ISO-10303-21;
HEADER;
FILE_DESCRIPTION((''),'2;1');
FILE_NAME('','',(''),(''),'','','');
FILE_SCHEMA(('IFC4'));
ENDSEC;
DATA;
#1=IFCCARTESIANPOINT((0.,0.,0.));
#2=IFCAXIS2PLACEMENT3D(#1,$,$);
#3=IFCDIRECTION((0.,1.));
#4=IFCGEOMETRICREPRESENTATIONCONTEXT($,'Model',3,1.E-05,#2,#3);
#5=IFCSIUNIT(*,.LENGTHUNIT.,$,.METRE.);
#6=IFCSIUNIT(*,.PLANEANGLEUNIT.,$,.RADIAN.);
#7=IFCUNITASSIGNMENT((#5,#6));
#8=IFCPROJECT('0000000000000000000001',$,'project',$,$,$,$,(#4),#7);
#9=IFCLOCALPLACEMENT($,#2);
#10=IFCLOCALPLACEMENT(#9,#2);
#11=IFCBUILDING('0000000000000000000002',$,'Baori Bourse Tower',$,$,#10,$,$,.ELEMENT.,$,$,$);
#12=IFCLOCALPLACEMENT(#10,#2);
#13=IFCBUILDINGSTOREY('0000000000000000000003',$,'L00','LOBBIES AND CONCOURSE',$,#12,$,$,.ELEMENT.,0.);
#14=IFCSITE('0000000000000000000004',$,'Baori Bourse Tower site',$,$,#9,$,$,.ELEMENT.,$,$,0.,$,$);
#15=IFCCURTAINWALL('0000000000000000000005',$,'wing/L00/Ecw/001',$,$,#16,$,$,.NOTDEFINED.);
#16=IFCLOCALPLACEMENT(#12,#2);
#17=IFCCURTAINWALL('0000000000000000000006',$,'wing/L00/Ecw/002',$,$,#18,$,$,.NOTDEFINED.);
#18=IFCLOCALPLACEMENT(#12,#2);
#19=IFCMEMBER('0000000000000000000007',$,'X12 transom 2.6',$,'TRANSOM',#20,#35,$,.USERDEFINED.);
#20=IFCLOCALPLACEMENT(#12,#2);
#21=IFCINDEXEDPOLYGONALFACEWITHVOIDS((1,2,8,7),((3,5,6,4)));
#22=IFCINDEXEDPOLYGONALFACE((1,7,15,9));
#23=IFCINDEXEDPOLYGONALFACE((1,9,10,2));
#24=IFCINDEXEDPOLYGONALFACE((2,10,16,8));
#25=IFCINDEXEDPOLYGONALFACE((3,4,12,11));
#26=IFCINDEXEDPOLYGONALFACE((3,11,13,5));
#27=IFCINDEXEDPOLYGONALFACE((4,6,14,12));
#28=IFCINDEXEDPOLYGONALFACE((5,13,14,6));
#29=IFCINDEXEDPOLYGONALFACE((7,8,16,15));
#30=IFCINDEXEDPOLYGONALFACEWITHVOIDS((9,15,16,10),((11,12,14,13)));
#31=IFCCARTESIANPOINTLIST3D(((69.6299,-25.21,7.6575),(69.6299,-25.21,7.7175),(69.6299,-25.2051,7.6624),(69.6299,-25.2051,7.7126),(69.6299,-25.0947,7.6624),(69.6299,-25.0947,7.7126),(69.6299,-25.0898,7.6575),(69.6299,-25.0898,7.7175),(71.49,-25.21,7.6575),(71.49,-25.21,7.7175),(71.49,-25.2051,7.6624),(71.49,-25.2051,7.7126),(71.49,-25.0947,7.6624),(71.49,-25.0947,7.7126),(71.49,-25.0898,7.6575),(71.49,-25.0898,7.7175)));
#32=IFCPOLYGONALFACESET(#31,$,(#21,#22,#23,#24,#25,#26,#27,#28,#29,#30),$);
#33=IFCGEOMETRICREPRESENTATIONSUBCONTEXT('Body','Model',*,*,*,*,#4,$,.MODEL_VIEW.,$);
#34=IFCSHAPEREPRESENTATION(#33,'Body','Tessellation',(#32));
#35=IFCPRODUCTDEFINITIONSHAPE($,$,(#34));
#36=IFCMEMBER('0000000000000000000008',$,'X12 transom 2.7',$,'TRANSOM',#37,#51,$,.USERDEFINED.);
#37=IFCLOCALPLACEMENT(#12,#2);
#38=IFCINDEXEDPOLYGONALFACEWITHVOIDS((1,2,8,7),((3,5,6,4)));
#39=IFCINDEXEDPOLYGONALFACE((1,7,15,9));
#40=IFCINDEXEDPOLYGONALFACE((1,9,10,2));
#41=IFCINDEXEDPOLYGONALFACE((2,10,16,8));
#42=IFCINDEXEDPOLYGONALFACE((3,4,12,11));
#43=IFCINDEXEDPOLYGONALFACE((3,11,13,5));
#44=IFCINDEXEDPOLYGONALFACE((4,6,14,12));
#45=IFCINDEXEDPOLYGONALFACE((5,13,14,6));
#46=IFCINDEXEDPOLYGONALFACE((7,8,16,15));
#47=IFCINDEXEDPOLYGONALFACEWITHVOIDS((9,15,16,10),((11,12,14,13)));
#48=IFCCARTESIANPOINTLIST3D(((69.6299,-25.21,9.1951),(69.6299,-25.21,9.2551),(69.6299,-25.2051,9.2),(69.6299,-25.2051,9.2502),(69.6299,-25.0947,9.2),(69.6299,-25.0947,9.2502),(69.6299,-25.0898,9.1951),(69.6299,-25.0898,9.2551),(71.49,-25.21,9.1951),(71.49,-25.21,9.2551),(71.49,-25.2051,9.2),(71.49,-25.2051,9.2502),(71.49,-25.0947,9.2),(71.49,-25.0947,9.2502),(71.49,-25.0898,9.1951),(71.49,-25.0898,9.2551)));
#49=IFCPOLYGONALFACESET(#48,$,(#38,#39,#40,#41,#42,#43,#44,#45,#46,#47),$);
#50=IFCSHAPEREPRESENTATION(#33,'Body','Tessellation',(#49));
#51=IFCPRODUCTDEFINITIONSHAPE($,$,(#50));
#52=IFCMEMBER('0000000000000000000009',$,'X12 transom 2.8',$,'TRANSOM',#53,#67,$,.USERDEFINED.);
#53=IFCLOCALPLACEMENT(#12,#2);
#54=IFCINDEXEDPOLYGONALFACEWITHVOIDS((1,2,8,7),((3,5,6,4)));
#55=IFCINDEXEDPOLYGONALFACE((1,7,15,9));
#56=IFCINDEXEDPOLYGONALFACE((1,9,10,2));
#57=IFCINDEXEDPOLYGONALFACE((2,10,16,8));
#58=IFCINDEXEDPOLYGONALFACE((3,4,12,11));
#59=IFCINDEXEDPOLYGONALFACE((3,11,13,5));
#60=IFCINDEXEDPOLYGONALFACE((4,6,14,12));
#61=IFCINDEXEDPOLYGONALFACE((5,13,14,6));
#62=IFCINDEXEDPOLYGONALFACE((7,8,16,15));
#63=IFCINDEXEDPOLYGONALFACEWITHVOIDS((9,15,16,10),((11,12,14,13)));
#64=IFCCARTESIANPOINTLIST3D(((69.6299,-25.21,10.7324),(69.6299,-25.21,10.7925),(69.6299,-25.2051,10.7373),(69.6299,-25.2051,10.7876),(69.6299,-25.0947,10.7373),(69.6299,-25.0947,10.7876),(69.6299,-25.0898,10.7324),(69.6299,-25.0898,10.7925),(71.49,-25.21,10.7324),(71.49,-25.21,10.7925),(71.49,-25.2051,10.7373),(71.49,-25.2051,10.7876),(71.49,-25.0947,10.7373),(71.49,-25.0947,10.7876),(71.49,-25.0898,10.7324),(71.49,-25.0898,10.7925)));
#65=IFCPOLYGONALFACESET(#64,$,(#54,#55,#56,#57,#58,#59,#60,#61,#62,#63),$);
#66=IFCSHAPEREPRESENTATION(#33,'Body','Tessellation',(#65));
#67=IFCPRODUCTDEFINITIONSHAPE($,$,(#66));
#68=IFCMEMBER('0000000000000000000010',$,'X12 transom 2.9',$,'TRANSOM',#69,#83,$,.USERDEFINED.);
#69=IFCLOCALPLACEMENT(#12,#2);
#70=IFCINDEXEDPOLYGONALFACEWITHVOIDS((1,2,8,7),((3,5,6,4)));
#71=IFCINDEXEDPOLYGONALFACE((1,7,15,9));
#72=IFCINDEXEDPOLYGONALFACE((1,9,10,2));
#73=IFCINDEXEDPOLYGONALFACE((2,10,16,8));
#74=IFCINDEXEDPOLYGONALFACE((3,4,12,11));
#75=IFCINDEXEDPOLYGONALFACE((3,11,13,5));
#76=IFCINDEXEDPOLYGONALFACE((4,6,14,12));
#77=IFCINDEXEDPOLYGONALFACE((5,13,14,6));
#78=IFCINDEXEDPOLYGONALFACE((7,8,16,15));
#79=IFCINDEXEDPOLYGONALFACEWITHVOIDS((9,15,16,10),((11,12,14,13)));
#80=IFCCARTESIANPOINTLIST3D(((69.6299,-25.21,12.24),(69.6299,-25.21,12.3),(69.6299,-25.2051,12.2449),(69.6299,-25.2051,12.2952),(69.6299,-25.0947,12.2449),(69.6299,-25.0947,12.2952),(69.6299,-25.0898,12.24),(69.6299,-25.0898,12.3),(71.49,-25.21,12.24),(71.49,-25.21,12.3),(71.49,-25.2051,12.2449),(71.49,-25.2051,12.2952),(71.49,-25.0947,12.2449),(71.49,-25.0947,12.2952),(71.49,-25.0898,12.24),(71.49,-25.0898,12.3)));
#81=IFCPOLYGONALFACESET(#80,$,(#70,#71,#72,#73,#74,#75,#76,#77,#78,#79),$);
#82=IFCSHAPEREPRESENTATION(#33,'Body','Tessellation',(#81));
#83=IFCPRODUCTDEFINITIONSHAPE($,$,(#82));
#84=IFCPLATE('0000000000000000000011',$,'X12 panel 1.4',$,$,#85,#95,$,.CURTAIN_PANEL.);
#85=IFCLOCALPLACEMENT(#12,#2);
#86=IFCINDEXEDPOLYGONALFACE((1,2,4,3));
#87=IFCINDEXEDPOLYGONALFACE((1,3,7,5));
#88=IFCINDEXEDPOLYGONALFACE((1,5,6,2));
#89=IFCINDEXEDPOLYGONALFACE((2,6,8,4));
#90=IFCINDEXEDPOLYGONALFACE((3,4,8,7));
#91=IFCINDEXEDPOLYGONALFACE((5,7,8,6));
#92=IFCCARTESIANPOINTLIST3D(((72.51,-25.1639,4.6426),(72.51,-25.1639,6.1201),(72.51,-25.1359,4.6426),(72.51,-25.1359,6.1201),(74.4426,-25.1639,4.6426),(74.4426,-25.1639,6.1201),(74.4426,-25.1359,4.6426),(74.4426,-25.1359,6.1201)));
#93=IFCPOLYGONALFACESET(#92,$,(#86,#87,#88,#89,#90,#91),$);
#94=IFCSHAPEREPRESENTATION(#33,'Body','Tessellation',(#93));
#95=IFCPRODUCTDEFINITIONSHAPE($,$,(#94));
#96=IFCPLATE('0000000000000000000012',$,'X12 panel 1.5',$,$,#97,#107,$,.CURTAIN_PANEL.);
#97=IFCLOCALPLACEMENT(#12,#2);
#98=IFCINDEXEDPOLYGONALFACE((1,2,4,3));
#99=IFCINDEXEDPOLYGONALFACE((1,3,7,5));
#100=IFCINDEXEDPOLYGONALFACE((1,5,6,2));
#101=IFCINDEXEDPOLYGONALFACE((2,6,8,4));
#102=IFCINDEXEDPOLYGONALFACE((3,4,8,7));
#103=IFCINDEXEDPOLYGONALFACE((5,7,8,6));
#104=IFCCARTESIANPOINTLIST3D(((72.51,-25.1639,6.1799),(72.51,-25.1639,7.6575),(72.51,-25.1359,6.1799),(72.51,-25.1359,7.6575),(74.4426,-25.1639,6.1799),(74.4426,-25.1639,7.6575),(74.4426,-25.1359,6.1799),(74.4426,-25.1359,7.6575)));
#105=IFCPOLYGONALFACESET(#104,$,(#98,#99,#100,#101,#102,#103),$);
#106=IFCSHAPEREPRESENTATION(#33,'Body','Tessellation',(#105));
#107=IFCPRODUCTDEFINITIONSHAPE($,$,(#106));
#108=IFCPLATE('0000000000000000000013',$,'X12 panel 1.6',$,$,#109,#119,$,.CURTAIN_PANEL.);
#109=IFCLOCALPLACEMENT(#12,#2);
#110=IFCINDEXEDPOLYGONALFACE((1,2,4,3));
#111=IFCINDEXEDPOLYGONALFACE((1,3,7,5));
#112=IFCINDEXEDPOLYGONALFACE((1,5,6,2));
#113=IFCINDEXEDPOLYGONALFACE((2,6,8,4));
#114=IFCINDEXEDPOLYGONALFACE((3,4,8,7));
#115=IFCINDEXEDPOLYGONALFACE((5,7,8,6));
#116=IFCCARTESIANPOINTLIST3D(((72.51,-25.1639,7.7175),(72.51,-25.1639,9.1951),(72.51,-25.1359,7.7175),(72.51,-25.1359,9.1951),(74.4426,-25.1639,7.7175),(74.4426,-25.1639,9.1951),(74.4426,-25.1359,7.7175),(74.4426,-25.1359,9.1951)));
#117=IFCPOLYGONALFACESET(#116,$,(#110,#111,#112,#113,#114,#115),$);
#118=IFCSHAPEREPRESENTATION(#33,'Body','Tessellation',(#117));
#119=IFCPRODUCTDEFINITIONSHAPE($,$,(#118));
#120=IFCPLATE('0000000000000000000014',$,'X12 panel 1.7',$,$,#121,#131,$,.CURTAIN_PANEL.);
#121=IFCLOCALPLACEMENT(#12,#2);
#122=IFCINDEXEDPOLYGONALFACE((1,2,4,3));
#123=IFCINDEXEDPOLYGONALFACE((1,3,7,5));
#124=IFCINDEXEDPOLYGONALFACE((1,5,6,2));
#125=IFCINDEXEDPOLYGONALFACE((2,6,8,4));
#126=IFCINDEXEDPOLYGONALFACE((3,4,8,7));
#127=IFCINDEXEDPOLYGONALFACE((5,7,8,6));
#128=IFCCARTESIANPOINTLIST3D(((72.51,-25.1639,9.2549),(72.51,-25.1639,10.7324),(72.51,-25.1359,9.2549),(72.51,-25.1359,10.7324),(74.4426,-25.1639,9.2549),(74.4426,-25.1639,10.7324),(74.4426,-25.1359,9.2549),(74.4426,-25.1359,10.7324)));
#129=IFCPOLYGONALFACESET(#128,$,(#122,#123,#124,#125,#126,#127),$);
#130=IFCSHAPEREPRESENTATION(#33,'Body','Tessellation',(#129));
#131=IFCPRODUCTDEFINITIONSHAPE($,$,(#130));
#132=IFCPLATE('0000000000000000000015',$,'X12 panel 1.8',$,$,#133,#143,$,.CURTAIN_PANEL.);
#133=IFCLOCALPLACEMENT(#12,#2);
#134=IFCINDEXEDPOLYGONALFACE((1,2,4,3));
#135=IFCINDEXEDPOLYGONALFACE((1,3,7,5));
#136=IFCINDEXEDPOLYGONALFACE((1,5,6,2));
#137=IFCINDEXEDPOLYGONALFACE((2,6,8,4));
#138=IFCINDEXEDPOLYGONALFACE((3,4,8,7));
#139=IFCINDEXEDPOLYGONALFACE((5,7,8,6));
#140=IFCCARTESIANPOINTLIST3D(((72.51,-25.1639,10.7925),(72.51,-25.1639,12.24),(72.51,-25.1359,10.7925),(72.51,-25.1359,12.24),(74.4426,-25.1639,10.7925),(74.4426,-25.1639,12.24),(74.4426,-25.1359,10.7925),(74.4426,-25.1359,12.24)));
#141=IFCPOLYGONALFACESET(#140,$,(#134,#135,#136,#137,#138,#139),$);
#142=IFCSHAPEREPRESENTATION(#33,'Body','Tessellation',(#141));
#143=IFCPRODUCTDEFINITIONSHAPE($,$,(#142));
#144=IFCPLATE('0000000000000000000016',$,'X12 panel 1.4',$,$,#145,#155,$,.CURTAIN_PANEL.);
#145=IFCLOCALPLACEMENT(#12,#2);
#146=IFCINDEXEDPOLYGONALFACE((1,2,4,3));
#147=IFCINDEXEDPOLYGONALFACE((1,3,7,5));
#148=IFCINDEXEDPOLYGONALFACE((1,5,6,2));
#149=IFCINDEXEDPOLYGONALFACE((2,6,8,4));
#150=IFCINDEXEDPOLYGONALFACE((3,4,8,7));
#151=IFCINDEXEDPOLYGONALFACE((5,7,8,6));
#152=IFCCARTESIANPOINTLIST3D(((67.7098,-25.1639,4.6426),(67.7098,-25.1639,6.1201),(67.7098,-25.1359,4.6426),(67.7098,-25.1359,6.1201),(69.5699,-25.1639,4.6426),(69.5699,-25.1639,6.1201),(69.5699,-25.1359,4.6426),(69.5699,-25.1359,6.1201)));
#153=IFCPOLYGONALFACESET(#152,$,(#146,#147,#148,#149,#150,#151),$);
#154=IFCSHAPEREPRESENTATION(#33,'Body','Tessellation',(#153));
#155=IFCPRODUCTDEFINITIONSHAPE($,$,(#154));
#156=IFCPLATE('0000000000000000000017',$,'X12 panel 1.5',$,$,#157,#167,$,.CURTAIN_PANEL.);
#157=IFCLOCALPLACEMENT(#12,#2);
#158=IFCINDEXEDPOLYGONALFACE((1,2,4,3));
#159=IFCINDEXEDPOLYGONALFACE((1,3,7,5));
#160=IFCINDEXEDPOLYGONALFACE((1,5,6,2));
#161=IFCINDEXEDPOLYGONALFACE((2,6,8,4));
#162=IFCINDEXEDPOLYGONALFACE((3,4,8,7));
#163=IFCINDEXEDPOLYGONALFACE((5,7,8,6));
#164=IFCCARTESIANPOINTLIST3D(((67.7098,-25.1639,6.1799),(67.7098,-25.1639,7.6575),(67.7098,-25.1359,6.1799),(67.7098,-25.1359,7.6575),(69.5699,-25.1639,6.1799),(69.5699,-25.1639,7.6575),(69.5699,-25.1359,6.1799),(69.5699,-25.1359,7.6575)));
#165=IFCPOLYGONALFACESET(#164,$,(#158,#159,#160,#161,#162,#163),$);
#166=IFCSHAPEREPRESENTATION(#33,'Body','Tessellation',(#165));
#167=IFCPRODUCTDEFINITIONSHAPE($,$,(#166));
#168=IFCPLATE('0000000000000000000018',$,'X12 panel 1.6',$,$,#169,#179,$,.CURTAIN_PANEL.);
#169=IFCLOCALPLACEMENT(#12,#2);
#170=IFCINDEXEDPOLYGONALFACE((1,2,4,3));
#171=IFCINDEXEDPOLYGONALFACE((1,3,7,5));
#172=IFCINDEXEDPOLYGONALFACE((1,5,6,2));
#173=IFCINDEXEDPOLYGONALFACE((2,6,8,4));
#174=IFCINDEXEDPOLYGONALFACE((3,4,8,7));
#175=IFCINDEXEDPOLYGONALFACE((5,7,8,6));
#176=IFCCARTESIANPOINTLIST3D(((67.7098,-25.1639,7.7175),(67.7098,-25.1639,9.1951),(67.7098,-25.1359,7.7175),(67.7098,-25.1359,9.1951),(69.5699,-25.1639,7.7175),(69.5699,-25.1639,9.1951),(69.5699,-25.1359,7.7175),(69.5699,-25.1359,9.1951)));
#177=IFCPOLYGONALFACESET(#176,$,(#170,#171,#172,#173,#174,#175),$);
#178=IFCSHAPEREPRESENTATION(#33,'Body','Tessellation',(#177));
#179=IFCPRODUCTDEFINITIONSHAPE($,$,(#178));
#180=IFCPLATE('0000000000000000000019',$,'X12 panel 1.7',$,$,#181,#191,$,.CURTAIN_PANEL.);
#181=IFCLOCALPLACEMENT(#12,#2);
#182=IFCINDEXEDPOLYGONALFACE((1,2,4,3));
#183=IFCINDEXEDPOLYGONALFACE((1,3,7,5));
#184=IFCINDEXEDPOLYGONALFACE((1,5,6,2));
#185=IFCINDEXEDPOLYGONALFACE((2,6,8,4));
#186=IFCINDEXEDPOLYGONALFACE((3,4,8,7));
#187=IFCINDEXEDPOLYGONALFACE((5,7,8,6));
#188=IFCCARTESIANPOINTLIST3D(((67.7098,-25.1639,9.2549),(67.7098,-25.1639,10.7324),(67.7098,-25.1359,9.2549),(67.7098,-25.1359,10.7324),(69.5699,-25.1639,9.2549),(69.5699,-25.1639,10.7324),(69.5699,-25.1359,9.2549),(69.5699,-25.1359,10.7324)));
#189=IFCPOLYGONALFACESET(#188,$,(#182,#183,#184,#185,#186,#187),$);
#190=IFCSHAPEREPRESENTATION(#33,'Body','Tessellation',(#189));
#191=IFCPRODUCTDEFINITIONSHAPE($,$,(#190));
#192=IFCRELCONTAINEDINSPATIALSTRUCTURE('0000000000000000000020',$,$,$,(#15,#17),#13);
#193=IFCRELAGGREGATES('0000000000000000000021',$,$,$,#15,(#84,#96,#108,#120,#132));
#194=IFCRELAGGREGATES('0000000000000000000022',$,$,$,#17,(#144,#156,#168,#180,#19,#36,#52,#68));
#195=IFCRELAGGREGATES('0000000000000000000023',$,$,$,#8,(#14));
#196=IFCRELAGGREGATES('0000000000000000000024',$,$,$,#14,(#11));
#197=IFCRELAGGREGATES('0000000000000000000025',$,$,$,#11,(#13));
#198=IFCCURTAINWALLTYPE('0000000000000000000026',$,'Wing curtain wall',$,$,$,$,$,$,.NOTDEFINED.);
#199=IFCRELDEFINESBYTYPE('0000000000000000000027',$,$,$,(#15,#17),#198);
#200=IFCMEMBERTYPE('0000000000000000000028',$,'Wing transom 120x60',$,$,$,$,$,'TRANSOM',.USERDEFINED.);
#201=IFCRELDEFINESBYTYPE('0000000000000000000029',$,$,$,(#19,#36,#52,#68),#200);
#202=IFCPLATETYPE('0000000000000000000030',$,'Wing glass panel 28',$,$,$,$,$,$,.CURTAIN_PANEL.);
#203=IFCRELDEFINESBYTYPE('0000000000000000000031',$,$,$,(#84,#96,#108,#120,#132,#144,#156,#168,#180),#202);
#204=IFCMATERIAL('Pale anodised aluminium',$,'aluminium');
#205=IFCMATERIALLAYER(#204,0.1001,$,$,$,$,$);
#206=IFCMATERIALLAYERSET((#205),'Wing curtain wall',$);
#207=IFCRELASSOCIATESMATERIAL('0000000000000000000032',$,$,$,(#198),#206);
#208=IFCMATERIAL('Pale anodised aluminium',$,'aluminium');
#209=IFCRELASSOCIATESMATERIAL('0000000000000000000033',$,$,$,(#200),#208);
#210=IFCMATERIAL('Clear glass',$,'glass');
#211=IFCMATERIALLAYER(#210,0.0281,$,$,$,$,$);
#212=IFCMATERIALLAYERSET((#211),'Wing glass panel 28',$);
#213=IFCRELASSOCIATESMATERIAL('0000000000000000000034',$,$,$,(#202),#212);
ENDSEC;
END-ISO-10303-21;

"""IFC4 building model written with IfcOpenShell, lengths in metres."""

from ifc_helpers import new_model, si_unit, direction, frame, origin, origin_2d, place, context, subcontext, project, spatial, rectangle, hollow_rectangle, extrude, material, layer, layer_set, material_profile, profile_set, type_object, element, aggregate, save


model = new_model("IFC4")

# Units and contexts
model_context = context("Model", 3, precision=1e-05, world=origin(), true_north=direction((0.0, 1.0)))
body_context = subcontext(model_context, "Body", "Model", "MODEL_VIEW")
ifc_project = project(units=[si_unit("LENGTHUNIT", "METRE"), si_unit("PLANEANGLEUNIT", "RADIAN")], contexts=[model_context])

# Site, building, storey
site_placement = place(None, origin())
site = spatial("IfcSite", under=ifc_project, at=site_placement, Name="Baori Bourse Tower site", CompositionType="ELEMENT", RefElevation=0.0)
building_placement = place(site_placement, origin())
building = spatial("IfcBuilding", under=site, at=building_placement, Name="Baori Bourse Tower", CompositionType="ELEMENT")
storey_placement = place(building_placement, origin())
storey = spatial("IfcBuildingStorey", under=building, at=storey_placement, Name="L00", Description="LOBBIES AND CONCOURSE", CompositionType="ELEMENT", Elevation=0.0)

# Curtain walls, members
ifc_material_1 = material(Name="Pale anodised aluminium", Category="aluminium")
ifc_layer_1 = layer(ifc_material_1, 0.1001)
ifc_layer_set_1 = layer_set([ifc_layer_1], Name="Wing curtain wall")
curtain_wall_type = type_object("IfcCurtainWallType", Name="Wing curtain wall", PredefinedType="NOTDEFINED", material=ifc_layer_set_1)
curtain_wall_1_placement = place(storey_placement, origin())
curtain_wall_1 = element("IfcCurtainWall", 1, at=curtain_wall_1_placement, inside=storey, type_object=curtain_wall_type, Name="wing/L00/Ecw/001", PredefinedType="NOTDEFINED")
ifc_material_2 = material(Name="Pale anodised aluminium", Category="aluminium")
ifc_material_profile = material_profile(ifc_material_2, hollow_rectangle(XDim=0.1201, YDim=0.0601, WallThickness=0.0049, at=origin_2d()), Name="Transom 120x60x5")
ifc_profile_set = profile_set([ifc_material_profile], Name="Pale anodised aluminium")
member_type = type_object("IfcMemberType", Name="Wing transom 120x60", ElementType="TRANSOM", PredefinedType="USERDEFINED", material=ifc_profile_set)
curtain_wall_2_placement = place(storey_placement, origin())
curtain_wall_2 = element("IfcCurtainWall", 2, at=curtain_wall_2_placement, inside=storey, type_object=curtain_wall_type, Name="wing/L00/Ecw/002", PredefinedType="NOTDEFINED")
member_1_placement = place(storey_placement, frame((69.6299, -25.1499, 7.6875), z_axis=(1.0, 0.0, 0.0), x_axis=(0.0, 1.0, 0.0)))
member_1 = element("IfcMember", 3, at=member_1_placement, type_object=member_type, Name="X12 transom 2.6", ObjectType="TRANSOM", PredefinedType="USERDEFINED", context=body_context, shape_type="SweptSolid", body=[
    extrude(hollow_rectangle(XDim=0.1201, YDim=0.0601, WallThickness=0.0049, at=origin_2d()), origin(), (0.0, 0.0, 1.0), 1.8601),
])
member_2_placement = place(storey_placement, frame((69.6299, -25.1499, 9.2251), z_axis=(1.0, 0.0, 0.0), x_axis=(0.0, 1.0, 0.0)))
member_2 = element("IfcMember", 4, at=member_2_placement, type_object=member_type, Name="X12 transom 2.7", ObjectType="TRANSOM", PredefinedType="USERDEFINED", context=body_context, shape_type="SweptSolid", body=[
    extrude(hollow_rectangle(XDim=0.1201, YDim=0.0601, WallThickness=0.0049, at=origin_2d()), origin(), (0.0, 0.0, 1.0), 1.8601),
])
member_3_placement = place(storey_placement, frame((69.6299, -25.1499, 10.7625), z_axis=(1.0, 0.0, 0.0), x_axis=(0.0, 1.0, 0.0)))
member_3 = element("IfcMember", 5, at=member_3_placement, type_object=member_type, Name="X12 transom 2.8", ObjectType="TRANSOM", PredefinedType="USERDEFINED", context=body_context, shape_type="SweptSolid", body=[
    extrude(hollow_rectangle(XDim=0.1201, YDim=0.0601, WallThickness=0.0049, at=origin_2d()), origin(), (0.0, 0.0, 1.0), 1.8601),
])
member_4_placement = place(storey_placement, frame((69.6299, -25.1499, 12.27), z_axis=(1.0, 0.0, 0.0), x_axis=(0.0, 1.0, 0.0)))
member_4 = element("IfcMember", 6, at=member_4_placement, type_object=member_type, Name="X12 transom 2.9", ObjectType="TRANSOM", PredefinedType="USERDEFINED", context=body_context, shape_type="SweptSolid", body=[
    extrude(hollow_rectangle(XDim=0.1201, YDim=0.0601, WallThickness=0.0049, at=origin_2d()), origin(), (0.0, 0.0, 1.0), 1.8601),
])

# Plates
ifc_material_3 = material(Name="Clear glass", Category="glass")
ifc_layer_2 = layer(ifc_material_3, 0.0281)
ifc_layer_set_2 = layer_set([ifc_layer_2], Name="Wing glass panel 28")
plate_type = type_object("IfcPlateType", Name="Wing glass panel 28", PredefinedType="CURTAIN_PANEL", material=ifc_layer_set_2)
plate_1_placement = place(storey_placement, frame((73.4763, -25.1499, 4.6426), z_axis=(0.0, 0.0, 1.0), x_axis=(1.0, 0.0, 0.0)))
plate_1 = element("IfcPlate", 7, at=plate_1_placement, type_object=plate_type, Name="X12 panel 1.4", PredefinedType="CURTAIN_PANEL", context=body_context, shape_type="SweptSolid", body=[
    extrude(rectangle(XDim=1.9326, YDim=0.0281, at=origin_2d()), origin(), (0.0, 0.0, 1.0), 1.4775),
])
plate_2_placement = place(storey_placement, frame((73.4763, -25.1499, 6.1799), z_axis=(0.0, 0.0, 1.0), x_axis=(1.0, 0.0, 0.0)))
plate_2 = element("IfcPlate", 8, at=plate_2_placement, type_object=plate_type, Name="X12 panel 1.5", PredefinedType="CURTAIN_PANEL", context=body_context, shape_type="SweptSolid", body=[
    extrude(rectangle(XDim=1.9326, YDim=0.0281, at=origin_2d()), origin(), (0.0, 0.0, 1.0), 1.4775),
])
plate_3_placement = place(storey_placement, frame((73.4763, -25.1499, 7.7175), z_axis=(0.0, 0.0, 1.0), x_axis=(1.0, 0.0, 0.0)))
plate_3 = element("IfcPlate", 9, at=plate_3_placement, type_object=plate_type, Name="X12 panel 1.6", PredefinedType="CURTAIN_PANEL", context=body_context, shape_type="SweptSolid", body=[
    extrude(rectangle(XDim=1.9326, YDim=0.0281, at=origin_2d()), origin(), (0.0, 0.0, 1.0), 1.4775),
])
plate_4_placement = place(storey_placement, frame((73.4763, -25.1499, 9.2549), z_axis=(0.0, 0.0, 1.0), x_axis=(1.0, 0.0, 0.0)))
plate_4 = element("IfcPlate", 10, at=plate_4_placement, type_object=plate_type, Name="X12 panel 1.7", PredefinedType="CURTAIN_PANEL", context=body_context, shape_type="SweptSolid", body=[
    extrude(rectangle(XDim=1.9326, YDim=0.0281, at=origin_2d()), origin(), (0.0, 0.0, 1.0), 1.4775),
])
plate_5_placement = place(storey_placement, frame((73.4763, -25.1499, 10.7925), z_axis=(0.0, 0.0, 1.0), x_axis=(1.0, 0.0, 0.0)))
plate_5 = element("IfcPlate", 11, at=plate_5_placement, type_object=plate_type, Name="X12 panel 1.8", PredefinedType="CURTAIN_PANEL", context=body_context, shape_type="SweptSolid", body=[
    extrude(rectangle(XDim=1.9326, YDim=0.0281, at=origin_2d()), origin(), (0.0, 0.0, 1.0), 1.4475),
])
aggregate(curtain_wall_1, [plate_1, plate_2, plate_3, plate_4, plate_5])
plate_6_placement = place(storey_placement, frame((68.6399, -25.1499, 4.6426), z_axis=(0.0, 0.0, 1.0), x_axis=(1.0, 0.0, 0.0)))
plate_6 = element("IfcPlate", 12, at=plate_6_placement, type_object=plate_type, Name="X12 panel 1.4", PredefinedType="CURTAIN_PANEL", context=body_context, shape_type="SweptSolid", body=[
    extrude(rectangle(XDim=1.8601, YDim=0.0281, at=origin_2d()), origin(), (0.0, 0.0, 1.0), 1.4775),
])
plate_7_placement = place(storey_placement, frame((68.6399, -25.1499, 6.1799), z_axis=(0.0, 0.0, 1.0), x_axis=(1.0, 0.0, 0.0)))
plate_7 = element("IfcPlate", 13, at=plate_7_placement, type_object=plate_type, Name="X12 panel 1.5", PredefinedType="CURTAIN_PANEL", context=body_context, shape_type="SweptSolid", body=[
    extrude(rectangle(XDim=1.8601, YDim=0.0281, at=origin_2d()), origin(), (0.0, 0.0, 1.0), 1.4775),
])
plate_8_placement = place(storey_placement, frame((68.6399, -25.1499, 7.7175), z_axis=(0.0, 0.0, 1.0), x_axis=(1.0, 0.0, 0.0)))
plate_8 = element("IfcPlate", 14, at=plate_8_placement, type_object=plate_type, Name="X12 panel 1.6", PredefinedType="CURTAIN_PANEL", context=body_context, shape_type="SweptSolid", body=[
    extrude(rectangle(XDim=1.8601, YDim=0.0281, at=origin_2d()), origin(), (0.0, 0.0, 1.0), 1.4775),
])
plate_9_placement = place(storey_placement, frame((68.6399, -25.1499, 9.2549), z_axis=(0.0, 0.0, 1.0), x_axis=(1.0, 0.0, 0.0)))
plate_9 = element("IfcPlate", 15, at=plate_9_placement, type_object=plate_type, Name="X12 panel 1.7", PredefinedType="CURTAIN_PANEL", context=body_context, shape_type="SweptSolid", body=[
    extrude(rectangle(XDim=1.8601, YDim=0.0281, at=origin_2d()), origin(), (0.0, 0.0, 1.0), 1.4775),
])
aggregate(curtain_wall_2, [plate_6, plate_7, plate_8, plate_9, member_1, member_2, member_3, member_4])

save(model, "model.ifc")
